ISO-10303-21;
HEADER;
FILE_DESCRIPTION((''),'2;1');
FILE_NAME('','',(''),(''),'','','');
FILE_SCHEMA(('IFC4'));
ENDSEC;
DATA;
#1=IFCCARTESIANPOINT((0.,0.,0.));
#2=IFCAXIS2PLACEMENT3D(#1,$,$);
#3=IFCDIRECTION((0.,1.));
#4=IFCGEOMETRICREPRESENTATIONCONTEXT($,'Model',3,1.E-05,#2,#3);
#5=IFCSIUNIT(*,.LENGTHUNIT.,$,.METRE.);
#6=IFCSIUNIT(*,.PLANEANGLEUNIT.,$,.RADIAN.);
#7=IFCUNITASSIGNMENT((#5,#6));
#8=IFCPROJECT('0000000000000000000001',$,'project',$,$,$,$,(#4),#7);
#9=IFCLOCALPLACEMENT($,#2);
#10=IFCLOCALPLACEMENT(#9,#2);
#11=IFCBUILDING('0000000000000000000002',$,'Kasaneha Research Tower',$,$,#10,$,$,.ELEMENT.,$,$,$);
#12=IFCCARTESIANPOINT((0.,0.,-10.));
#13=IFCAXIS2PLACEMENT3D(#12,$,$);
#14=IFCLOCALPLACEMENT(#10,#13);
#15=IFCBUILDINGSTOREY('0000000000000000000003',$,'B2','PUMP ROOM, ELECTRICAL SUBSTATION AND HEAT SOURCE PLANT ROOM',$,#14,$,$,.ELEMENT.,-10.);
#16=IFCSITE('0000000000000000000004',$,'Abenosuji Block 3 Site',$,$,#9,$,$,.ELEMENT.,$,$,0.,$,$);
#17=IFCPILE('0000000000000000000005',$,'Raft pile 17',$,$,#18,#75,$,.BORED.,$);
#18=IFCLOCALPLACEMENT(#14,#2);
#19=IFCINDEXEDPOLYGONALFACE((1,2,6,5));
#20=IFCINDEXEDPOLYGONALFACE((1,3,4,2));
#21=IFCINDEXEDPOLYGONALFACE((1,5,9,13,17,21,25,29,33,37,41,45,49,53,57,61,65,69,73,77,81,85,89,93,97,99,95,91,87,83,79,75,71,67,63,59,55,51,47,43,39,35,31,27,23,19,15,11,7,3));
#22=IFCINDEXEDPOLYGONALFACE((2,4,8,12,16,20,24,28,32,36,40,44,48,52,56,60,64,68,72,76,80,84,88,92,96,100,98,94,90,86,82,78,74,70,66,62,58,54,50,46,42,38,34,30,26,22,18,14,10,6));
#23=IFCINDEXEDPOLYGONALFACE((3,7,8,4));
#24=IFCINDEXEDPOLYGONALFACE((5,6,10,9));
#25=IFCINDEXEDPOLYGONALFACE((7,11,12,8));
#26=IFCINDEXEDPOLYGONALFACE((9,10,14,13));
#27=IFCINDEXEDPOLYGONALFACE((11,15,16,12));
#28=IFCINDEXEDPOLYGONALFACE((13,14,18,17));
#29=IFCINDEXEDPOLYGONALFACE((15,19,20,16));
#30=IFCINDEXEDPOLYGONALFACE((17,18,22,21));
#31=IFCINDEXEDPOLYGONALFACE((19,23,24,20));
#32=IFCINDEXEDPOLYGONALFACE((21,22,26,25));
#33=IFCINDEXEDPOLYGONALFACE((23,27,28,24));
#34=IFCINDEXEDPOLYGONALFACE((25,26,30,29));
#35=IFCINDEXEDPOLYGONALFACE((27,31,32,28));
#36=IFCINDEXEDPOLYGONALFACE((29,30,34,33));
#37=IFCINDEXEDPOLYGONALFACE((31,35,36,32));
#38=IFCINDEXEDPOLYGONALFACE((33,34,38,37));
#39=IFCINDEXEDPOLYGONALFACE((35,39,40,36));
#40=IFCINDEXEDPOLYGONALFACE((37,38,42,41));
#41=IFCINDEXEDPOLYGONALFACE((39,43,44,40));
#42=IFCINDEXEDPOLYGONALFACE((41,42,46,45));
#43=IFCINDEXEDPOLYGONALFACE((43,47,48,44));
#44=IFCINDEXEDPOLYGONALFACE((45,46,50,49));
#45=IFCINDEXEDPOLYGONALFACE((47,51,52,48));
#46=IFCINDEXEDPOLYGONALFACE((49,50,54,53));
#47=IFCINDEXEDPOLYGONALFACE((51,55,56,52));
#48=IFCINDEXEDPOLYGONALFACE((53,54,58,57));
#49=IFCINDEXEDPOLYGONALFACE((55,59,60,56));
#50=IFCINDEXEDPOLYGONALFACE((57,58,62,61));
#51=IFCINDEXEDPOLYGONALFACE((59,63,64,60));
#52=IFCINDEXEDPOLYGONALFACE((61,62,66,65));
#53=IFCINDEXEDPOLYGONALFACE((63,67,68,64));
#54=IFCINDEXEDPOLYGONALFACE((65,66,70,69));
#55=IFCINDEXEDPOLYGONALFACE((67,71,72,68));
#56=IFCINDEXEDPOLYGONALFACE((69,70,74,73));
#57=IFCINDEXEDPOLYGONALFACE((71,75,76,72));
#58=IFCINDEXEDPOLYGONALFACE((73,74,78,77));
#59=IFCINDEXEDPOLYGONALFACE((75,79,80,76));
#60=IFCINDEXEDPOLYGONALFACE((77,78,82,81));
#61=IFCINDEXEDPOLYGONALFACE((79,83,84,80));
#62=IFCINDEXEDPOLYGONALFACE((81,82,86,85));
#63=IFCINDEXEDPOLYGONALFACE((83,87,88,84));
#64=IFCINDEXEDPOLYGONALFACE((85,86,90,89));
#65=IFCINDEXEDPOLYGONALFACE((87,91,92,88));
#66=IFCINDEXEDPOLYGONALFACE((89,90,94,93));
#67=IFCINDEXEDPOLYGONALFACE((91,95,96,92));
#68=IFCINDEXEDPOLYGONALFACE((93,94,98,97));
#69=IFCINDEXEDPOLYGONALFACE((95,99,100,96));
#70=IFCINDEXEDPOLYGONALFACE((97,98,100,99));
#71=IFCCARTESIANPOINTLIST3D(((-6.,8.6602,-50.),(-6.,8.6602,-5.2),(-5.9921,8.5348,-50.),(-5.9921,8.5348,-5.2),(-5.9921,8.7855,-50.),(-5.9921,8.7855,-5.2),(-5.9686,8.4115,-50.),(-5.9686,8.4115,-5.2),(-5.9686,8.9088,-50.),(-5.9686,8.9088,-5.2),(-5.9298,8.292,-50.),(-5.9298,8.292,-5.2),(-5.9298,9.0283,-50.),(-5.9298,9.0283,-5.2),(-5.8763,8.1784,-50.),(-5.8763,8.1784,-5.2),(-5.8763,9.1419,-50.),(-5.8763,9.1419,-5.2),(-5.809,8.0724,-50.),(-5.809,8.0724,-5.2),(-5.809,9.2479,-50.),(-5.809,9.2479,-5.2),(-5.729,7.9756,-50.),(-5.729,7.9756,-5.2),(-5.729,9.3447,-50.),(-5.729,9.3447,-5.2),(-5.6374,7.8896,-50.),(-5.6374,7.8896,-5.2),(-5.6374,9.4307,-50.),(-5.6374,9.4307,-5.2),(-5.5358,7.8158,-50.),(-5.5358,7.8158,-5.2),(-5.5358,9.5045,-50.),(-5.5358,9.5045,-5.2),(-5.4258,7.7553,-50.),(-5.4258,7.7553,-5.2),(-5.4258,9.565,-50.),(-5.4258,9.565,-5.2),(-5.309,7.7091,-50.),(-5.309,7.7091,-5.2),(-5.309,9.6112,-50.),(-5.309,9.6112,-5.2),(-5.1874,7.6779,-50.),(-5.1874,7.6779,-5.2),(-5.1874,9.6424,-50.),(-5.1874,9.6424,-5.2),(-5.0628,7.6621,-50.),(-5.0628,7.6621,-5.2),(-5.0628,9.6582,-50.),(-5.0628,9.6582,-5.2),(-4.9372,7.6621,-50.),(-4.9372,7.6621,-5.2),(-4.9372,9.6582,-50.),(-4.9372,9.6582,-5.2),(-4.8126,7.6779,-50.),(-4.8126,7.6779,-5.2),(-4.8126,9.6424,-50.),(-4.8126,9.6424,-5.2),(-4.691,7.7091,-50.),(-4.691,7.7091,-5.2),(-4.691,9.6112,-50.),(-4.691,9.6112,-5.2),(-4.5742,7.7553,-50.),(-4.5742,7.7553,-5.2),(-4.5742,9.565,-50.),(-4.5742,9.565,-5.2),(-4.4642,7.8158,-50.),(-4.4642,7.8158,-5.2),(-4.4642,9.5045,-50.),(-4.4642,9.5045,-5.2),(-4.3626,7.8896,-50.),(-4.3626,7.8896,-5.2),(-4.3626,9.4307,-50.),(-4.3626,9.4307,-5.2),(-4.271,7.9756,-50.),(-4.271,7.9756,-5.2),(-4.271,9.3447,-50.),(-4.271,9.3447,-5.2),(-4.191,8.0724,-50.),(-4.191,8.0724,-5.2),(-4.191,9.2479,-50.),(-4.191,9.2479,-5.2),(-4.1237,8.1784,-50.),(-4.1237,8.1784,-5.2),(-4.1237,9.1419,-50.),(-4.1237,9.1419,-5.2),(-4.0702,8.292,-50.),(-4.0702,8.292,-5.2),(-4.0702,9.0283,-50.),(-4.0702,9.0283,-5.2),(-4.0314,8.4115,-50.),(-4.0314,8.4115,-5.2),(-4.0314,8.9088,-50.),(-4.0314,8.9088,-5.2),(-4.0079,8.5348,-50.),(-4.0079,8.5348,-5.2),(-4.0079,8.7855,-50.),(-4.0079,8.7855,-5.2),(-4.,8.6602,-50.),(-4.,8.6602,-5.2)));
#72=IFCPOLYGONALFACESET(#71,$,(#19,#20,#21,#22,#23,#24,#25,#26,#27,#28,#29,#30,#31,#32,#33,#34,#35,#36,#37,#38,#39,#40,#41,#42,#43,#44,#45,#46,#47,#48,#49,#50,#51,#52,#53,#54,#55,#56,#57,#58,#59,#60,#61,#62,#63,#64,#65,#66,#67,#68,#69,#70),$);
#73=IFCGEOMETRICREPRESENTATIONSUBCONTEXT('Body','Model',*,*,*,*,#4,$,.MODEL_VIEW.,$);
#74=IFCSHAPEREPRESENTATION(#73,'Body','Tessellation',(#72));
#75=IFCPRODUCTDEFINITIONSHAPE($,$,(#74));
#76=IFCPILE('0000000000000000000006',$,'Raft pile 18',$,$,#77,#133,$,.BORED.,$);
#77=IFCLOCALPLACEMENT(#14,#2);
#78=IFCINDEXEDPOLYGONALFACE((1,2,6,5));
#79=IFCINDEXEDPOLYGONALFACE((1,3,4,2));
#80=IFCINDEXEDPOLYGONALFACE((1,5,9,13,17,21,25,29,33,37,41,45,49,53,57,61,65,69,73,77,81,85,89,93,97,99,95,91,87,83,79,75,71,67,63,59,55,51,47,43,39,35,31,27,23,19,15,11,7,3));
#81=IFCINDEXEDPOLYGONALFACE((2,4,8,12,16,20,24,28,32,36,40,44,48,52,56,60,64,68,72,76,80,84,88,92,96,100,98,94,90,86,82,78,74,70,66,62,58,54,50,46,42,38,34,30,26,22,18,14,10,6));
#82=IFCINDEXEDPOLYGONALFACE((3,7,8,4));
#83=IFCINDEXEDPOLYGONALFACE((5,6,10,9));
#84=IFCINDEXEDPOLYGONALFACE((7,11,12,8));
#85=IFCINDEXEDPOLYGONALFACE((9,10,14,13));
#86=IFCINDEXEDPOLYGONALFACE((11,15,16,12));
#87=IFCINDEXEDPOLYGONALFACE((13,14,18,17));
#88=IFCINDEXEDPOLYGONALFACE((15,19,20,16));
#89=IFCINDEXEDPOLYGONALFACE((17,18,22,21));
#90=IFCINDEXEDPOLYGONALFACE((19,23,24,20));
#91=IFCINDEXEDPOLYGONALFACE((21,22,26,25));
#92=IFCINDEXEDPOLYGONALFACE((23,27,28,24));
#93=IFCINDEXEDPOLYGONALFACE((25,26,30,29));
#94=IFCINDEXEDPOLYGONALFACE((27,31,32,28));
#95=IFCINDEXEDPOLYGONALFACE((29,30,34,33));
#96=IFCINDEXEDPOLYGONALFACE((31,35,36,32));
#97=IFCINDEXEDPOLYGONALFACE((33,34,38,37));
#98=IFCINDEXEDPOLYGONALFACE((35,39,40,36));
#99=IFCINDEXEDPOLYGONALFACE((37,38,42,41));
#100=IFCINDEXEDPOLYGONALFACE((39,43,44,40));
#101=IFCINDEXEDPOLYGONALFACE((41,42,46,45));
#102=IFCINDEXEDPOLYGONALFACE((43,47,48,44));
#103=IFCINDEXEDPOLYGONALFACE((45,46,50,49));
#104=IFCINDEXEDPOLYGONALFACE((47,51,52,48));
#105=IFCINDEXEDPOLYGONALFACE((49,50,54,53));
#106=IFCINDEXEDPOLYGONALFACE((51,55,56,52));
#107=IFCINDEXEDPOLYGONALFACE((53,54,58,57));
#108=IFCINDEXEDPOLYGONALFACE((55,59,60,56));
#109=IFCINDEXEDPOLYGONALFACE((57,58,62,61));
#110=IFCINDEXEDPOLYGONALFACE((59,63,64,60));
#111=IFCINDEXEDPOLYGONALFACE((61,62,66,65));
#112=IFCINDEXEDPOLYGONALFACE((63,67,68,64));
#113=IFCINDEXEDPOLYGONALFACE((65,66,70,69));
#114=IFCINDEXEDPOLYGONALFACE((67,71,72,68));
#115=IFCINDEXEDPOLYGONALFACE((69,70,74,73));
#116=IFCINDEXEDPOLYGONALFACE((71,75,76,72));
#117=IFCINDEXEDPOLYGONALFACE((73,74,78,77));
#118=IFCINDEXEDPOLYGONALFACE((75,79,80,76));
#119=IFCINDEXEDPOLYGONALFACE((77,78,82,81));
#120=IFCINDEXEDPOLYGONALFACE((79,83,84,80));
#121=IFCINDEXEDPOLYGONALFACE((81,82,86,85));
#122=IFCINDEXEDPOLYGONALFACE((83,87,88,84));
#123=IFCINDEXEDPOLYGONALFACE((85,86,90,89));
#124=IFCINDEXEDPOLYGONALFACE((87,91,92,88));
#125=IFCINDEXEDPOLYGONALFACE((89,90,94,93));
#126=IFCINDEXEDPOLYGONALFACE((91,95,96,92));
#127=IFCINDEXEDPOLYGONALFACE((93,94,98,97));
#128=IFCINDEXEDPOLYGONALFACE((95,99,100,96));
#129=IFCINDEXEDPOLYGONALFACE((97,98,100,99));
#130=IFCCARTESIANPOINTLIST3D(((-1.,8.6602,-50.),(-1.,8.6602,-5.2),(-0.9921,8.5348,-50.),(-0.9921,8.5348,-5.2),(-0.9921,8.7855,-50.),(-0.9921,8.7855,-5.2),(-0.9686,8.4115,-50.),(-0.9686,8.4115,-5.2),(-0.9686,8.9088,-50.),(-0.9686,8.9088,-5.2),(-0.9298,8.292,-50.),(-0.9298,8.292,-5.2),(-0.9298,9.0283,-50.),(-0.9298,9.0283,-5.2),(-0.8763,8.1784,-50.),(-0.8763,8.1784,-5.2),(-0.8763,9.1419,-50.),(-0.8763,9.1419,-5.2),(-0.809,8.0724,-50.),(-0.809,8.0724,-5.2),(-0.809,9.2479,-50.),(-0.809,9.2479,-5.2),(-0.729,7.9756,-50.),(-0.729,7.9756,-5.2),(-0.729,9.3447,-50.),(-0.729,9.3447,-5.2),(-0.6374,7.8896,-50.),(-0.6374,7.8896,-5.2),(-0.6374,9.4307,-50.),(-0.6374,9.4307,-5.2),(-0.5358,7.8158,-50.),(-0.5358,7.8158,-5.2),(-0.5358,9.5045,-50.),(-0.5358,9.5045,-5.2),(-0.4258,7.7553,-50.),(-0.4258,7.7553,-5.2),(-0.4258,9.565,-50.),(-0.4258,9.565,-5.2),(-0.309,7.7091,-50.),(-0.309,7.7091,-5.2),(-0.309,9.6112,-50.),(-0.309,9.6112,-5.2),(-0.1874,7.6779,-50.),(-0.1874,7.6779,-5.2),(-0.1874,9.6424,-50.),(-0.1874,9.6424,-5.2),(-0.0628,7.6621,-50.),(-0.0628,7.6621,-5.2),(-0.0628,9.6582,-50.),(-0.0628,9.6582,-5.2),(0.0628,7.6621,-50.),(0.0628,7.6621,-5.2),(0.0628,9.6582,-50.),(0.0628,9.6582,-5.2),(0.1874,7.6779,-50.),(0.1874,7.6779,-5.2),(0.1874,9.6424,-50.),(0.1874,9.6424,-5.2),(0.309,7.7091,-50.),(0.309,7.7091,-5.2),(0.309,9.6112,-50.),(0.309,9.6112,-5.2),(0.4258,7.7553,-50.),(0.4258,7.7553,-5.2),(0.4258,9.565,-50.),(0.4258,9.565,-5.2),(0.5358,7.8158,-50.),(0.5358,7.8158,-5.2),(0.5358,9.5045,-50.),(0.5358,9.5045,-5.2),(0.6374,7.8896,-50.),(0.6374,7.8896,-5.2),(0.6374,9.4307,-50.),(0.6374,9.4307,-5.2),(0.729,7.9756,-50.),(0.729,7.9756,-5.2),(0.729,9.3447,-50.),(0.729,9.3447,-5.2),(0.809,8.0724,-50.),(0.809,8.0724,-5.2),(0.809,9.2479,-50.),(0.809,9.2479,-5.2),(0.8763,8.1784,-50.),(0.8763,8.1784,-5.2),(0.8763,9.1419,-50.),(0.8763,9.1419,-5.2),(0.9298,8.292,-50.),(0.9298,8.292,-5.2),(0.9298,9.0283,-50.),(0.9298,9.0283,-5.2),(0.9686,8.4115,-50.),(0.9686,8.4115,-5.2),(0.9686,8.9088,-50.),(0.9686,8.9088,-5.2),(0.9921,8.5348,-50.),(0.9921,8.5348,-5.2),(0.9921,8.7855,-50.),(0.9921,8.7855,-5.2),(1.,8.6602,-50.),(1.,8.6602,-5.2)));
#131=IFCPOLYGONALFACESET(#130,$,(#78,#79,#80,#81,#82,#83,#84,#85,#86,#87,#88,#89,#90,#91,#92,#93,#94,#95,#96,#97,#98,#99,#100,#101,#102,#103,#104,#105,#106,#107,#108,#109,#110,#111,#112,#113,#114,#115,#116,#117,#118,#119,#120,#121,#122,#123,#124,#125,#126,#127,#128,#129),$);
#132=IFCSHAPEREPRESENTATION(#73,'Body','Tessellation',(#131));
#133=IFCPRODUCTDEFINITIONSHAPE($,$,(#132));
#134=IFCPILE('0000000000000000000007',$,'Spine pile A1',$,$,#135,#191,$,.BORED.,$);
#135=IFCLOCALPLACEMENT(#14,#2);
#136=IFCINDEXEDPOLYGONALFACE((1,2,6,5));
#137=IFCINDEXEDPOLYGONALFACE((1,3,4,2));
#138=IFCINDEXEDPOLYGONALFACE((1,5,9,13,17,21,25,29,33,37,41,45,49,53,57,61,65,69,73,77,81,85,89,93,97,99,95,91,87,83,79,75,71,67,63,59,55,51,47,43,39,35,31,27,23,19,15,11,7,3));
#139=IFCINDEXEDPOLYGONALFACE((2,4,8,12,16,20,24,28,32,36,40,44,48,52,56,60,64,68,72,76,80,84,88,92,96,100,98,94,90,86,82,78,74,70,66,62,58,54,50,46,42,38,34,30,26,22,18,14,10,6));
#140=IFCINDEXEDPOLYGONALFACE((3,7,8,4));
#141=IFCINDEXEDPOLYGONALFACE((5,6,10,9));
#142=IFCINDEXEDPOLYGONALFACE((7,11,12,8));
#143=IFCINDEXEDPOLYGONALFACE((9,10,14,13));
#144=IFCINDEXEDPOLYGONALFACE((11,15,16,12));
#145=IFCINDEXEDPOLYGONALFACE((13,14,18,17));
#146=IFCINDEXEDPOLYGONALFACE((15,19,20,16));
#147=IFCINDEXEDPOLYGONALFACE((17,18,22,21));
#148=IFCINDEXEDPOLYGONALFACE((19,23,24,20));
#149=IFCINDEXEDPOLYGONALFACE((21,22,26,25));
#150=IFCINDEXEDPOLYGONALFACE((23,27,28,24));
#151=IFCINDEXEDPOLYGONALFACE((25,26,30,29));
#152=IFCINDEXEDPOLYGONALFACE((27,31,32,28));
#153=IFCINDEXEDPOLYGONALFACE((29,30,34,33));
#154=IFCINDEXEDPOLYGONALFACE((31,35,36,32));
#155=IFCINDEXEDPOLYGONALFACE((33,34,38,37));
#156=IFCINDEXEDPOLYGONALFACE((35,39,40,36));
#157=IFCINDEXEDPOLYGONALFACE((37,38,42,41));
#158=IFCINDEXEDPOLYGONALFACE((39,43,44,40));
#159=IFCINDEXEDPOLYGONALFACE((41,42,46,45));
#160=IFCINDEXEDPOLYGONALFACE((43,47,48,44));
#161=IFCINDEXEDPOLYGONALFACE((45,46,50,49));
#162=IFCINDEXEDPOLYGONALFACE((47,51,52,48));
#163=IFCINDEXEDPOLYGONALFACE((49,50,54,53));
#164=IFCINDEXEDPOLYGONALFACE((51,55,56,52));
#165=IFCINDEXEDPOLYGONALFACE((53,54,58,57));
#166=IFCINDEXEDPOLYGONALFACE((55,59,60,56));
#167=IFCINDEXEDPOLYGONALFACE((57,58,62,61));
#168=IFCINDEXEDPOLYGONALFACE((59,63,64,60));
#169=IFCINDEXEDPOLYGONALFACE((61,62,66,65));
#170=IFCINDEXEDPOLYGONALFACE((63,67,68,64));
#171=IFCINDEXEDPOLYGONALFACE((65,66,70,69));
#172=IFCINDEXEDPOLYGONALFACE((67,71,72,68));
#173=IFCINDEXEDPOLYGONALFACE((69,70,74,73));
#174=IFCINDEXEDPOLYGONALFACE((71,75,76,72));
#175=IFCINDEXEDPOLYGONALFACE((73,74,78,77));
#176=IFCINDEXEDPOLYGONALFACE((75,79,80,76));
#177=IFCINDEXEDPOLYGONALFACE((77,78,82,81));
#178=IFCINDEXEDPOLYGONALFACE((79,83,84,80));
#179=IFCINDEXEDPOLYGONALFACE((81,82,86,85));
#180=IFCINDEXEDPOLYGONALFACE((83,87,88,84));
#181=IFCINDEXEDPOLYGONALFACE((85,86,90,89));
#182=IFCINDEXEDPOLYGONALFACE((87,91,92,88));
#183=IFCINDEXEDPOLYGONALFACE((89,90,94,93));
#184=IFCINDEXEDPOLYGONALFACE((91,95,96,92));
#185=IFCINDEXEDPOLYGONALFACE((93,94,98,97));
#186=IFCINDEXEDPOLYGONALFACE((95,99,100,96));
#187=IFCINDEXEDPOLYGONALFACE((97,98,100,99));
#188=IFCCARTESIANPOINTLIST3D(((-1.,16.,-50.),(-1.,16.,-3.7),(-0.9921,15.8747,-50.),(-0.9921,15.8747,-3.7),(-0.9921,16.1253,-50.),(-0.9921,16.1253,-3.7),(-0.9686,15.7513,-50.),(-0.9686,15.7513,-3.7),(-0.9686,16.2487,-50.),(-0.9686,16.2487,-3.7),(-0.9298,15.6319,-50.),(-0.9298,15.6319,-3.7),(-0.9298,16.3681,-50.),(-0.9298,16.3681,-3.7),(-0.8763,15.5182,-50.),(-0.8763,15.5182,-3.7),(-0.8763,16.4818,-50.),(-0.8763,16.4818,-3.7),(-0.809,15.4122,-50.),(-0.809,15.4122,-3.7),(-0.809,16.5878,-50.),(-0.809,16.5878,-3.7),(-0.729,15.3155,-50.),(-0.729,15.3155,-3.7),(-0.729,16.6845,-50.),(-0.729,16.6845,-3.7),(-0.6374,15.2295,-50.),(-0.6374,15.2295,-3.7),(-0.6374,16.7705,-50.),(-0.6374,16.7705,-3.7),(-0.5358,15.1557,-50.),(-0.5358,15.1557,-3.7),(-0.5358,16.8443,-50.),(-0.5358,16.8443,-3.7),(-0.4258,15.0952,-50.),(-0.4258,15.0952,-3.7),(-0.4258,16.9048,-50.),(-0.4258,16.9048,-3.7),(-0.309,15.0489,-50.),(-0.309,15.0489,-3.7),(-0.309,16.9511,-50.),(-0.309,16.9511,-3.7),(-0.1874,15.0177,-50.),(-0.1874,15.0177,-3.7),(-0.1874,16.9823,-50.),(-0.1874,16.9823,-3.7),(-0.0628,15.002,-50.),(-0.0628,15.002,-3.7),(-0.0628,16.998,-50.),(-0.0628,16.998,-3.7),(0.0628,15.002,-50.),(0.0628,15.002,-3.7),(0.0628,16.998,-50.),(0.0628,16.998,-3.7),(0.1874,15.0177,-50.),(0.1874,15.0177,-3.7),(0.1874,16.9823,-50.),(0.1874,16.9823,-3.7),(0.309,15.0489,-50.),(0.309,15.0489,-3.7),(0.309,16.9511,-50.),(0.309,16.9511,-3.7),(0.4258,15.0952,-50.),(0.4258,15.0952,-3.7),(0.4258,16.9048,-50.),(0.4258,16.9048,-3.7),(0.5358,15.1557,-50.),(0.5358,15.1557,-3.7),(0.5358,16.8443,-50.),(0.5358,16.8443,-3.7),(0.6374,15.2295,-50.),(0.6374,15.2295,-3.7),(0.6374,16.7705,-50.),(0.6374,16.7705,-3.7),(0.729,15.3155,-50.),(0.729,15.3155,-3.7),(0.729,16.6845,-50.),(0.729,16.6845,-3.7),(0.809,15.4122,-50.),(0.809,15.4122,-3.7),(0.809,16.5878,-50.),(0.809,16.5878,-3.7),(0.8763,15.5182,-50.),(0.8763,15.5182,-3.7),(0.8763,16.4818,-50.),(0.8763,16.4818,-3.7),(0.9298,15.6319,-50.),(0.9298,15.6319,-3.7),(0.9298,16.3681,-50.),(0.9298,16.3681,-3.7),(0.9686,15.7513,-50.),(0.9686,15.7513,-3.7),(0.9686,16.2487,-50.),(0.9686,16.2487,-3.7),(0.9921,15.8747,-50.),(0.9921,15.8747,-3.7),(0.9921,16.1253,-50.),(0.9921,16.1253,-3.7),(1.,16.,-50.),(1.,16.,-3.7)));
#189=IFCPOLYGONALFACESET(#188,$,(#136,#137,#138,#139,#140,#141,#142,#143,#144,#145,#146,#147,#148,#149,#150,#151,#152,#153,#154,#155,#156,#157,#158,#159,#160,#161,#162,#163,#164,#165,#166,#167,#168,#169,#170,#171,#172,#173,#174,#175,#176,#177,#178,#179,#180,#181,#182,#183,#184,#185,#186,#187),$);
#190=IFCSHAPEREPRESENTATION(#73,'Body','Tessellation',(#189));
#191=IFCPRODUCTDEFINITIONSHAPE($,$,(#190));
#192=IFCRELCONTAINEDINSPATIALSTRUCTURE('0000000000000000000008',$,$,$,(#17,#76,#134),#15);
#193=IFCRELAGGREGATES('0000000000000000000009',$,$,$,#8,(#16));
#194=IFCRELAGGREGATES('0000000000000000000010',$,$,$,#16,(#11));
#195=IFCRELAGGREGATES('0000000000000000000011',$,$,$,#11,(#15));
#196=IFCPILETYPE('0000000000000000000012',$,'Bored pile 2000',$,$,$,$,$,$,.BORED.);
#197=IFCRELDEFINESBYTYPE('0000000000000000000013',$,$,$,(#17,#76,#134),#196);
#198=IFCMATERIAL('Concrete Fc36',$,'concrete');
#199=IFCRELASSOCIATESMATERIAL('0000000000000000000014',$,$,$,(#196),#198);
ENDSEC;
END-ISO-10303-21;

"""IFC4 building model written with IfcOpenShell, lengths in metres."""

from ifc_helpers import new_model, si_unit, direction, frame, origin, origin_2d, place, context, subcontext, project, spatial, circle, extrude, material, material_profile, profile_set, type_object, element, save


model = new_model("IFC4")

# Units and contexts
model_context = context("Model", 3, precision=1e-05, world=origin(), true_north=direction((0.0, 1.0)))
body_context = subcontext(model_context, "Body", "Model", "MODEL_VIEW")
ifc_project = project(units=[si_unit("LENGTHUNIT", "METRE"), si_unit("PLANEANGLEUNIT", "RADIAN")], contexts=[model_context])

# Site, building, storey
site_placement = place(None, origin())
site = spatial("IfcSite", under=ifc_project, at=site_placement, Name="Abenosuji Block 3 Site", CompositionType="ELEMENT", RefElevation=0.0)
building_placement = place(site_placement, origin())
building = spatial("IfcBuilding", under=site, at=building_placement, Name="Kasaneha Research Tower", CompositionType="ELEMENT")
storey_placement = place(building_placement, frame((0.0, 0.0, -10.0)))
storey = spatial("IfcBuildingStorey", under=building, at=storey_placement, Name="B2", Description="PUMP ROOM, ELECTRICAL SUBSTATION AND HEAT SOURCE PLANT ROOM", CompositionType="ELEMENT", Elevation=-10.0)

# Piles
ifc_material_1 = material(Name="Concrete Fc36", Category="concrete")
ifc_material_profile_1 = material_profile(ifc_material_1, circle(Radius=1.0, at=origin_2d()), Name="Bored pile 2000")
ifc_profile_set_1 = profile_set([ifc_material_profile_1], Name="Concrete Fc36")
pile_type_1 = type_object("IfcPileType", Name="Bored pile 2000", PredefinedType="BORED", material=ifc_profile_set_1)
for number, where, z_axis, x_axis, name in (
    (1, (-5.0, 8.6602, -5.2), (0.0, 0.0, -1.0), (1.0, 0.0, 0.0), "Raft pile 17"),
    (2, (0.0, 8.6602, -5.2), (0.0, 0.0, -1.0), (1.0, 0.0, 0.0), "Raft pile 18"),
):
    element("IfcPile", number, at=place(storey_placement, frame(where, z_axis=z_axis, x_axis=x_axis)), inside=storey, type_object=pile_type_1, Name=name, PredefinedType="BORED", context=body_context, shape_type="SweptSolid", body=[
        extrude(circle(Radius=1.0, at=origin_2d()), origin(), (0.0, 0.0, 1.0), 44.8),
    ])
for number, where, z_axis, x_axis, name in (
    (3, (0.0, 16.0, -3.7), (0.0, 0.0, -1.0), (1.0, 0.0, 0.0), "Spine pile A1"),
):
    element("IfcPile", number, at=place(storey_placement, frame(where, z_axis=z_axis, x_axis=x_axis)), inside=storey, type_object=pile_type_1, Name=name, PredefinedType="BORED", context=body_context, shape_type="SweptSolid", body=[
        extrude(circle(Radius=1.0, at=origin_2d()), origin(), (0.0, 0.0, 1.0), 46.3),
    ])

save(model, "model.ifc")
